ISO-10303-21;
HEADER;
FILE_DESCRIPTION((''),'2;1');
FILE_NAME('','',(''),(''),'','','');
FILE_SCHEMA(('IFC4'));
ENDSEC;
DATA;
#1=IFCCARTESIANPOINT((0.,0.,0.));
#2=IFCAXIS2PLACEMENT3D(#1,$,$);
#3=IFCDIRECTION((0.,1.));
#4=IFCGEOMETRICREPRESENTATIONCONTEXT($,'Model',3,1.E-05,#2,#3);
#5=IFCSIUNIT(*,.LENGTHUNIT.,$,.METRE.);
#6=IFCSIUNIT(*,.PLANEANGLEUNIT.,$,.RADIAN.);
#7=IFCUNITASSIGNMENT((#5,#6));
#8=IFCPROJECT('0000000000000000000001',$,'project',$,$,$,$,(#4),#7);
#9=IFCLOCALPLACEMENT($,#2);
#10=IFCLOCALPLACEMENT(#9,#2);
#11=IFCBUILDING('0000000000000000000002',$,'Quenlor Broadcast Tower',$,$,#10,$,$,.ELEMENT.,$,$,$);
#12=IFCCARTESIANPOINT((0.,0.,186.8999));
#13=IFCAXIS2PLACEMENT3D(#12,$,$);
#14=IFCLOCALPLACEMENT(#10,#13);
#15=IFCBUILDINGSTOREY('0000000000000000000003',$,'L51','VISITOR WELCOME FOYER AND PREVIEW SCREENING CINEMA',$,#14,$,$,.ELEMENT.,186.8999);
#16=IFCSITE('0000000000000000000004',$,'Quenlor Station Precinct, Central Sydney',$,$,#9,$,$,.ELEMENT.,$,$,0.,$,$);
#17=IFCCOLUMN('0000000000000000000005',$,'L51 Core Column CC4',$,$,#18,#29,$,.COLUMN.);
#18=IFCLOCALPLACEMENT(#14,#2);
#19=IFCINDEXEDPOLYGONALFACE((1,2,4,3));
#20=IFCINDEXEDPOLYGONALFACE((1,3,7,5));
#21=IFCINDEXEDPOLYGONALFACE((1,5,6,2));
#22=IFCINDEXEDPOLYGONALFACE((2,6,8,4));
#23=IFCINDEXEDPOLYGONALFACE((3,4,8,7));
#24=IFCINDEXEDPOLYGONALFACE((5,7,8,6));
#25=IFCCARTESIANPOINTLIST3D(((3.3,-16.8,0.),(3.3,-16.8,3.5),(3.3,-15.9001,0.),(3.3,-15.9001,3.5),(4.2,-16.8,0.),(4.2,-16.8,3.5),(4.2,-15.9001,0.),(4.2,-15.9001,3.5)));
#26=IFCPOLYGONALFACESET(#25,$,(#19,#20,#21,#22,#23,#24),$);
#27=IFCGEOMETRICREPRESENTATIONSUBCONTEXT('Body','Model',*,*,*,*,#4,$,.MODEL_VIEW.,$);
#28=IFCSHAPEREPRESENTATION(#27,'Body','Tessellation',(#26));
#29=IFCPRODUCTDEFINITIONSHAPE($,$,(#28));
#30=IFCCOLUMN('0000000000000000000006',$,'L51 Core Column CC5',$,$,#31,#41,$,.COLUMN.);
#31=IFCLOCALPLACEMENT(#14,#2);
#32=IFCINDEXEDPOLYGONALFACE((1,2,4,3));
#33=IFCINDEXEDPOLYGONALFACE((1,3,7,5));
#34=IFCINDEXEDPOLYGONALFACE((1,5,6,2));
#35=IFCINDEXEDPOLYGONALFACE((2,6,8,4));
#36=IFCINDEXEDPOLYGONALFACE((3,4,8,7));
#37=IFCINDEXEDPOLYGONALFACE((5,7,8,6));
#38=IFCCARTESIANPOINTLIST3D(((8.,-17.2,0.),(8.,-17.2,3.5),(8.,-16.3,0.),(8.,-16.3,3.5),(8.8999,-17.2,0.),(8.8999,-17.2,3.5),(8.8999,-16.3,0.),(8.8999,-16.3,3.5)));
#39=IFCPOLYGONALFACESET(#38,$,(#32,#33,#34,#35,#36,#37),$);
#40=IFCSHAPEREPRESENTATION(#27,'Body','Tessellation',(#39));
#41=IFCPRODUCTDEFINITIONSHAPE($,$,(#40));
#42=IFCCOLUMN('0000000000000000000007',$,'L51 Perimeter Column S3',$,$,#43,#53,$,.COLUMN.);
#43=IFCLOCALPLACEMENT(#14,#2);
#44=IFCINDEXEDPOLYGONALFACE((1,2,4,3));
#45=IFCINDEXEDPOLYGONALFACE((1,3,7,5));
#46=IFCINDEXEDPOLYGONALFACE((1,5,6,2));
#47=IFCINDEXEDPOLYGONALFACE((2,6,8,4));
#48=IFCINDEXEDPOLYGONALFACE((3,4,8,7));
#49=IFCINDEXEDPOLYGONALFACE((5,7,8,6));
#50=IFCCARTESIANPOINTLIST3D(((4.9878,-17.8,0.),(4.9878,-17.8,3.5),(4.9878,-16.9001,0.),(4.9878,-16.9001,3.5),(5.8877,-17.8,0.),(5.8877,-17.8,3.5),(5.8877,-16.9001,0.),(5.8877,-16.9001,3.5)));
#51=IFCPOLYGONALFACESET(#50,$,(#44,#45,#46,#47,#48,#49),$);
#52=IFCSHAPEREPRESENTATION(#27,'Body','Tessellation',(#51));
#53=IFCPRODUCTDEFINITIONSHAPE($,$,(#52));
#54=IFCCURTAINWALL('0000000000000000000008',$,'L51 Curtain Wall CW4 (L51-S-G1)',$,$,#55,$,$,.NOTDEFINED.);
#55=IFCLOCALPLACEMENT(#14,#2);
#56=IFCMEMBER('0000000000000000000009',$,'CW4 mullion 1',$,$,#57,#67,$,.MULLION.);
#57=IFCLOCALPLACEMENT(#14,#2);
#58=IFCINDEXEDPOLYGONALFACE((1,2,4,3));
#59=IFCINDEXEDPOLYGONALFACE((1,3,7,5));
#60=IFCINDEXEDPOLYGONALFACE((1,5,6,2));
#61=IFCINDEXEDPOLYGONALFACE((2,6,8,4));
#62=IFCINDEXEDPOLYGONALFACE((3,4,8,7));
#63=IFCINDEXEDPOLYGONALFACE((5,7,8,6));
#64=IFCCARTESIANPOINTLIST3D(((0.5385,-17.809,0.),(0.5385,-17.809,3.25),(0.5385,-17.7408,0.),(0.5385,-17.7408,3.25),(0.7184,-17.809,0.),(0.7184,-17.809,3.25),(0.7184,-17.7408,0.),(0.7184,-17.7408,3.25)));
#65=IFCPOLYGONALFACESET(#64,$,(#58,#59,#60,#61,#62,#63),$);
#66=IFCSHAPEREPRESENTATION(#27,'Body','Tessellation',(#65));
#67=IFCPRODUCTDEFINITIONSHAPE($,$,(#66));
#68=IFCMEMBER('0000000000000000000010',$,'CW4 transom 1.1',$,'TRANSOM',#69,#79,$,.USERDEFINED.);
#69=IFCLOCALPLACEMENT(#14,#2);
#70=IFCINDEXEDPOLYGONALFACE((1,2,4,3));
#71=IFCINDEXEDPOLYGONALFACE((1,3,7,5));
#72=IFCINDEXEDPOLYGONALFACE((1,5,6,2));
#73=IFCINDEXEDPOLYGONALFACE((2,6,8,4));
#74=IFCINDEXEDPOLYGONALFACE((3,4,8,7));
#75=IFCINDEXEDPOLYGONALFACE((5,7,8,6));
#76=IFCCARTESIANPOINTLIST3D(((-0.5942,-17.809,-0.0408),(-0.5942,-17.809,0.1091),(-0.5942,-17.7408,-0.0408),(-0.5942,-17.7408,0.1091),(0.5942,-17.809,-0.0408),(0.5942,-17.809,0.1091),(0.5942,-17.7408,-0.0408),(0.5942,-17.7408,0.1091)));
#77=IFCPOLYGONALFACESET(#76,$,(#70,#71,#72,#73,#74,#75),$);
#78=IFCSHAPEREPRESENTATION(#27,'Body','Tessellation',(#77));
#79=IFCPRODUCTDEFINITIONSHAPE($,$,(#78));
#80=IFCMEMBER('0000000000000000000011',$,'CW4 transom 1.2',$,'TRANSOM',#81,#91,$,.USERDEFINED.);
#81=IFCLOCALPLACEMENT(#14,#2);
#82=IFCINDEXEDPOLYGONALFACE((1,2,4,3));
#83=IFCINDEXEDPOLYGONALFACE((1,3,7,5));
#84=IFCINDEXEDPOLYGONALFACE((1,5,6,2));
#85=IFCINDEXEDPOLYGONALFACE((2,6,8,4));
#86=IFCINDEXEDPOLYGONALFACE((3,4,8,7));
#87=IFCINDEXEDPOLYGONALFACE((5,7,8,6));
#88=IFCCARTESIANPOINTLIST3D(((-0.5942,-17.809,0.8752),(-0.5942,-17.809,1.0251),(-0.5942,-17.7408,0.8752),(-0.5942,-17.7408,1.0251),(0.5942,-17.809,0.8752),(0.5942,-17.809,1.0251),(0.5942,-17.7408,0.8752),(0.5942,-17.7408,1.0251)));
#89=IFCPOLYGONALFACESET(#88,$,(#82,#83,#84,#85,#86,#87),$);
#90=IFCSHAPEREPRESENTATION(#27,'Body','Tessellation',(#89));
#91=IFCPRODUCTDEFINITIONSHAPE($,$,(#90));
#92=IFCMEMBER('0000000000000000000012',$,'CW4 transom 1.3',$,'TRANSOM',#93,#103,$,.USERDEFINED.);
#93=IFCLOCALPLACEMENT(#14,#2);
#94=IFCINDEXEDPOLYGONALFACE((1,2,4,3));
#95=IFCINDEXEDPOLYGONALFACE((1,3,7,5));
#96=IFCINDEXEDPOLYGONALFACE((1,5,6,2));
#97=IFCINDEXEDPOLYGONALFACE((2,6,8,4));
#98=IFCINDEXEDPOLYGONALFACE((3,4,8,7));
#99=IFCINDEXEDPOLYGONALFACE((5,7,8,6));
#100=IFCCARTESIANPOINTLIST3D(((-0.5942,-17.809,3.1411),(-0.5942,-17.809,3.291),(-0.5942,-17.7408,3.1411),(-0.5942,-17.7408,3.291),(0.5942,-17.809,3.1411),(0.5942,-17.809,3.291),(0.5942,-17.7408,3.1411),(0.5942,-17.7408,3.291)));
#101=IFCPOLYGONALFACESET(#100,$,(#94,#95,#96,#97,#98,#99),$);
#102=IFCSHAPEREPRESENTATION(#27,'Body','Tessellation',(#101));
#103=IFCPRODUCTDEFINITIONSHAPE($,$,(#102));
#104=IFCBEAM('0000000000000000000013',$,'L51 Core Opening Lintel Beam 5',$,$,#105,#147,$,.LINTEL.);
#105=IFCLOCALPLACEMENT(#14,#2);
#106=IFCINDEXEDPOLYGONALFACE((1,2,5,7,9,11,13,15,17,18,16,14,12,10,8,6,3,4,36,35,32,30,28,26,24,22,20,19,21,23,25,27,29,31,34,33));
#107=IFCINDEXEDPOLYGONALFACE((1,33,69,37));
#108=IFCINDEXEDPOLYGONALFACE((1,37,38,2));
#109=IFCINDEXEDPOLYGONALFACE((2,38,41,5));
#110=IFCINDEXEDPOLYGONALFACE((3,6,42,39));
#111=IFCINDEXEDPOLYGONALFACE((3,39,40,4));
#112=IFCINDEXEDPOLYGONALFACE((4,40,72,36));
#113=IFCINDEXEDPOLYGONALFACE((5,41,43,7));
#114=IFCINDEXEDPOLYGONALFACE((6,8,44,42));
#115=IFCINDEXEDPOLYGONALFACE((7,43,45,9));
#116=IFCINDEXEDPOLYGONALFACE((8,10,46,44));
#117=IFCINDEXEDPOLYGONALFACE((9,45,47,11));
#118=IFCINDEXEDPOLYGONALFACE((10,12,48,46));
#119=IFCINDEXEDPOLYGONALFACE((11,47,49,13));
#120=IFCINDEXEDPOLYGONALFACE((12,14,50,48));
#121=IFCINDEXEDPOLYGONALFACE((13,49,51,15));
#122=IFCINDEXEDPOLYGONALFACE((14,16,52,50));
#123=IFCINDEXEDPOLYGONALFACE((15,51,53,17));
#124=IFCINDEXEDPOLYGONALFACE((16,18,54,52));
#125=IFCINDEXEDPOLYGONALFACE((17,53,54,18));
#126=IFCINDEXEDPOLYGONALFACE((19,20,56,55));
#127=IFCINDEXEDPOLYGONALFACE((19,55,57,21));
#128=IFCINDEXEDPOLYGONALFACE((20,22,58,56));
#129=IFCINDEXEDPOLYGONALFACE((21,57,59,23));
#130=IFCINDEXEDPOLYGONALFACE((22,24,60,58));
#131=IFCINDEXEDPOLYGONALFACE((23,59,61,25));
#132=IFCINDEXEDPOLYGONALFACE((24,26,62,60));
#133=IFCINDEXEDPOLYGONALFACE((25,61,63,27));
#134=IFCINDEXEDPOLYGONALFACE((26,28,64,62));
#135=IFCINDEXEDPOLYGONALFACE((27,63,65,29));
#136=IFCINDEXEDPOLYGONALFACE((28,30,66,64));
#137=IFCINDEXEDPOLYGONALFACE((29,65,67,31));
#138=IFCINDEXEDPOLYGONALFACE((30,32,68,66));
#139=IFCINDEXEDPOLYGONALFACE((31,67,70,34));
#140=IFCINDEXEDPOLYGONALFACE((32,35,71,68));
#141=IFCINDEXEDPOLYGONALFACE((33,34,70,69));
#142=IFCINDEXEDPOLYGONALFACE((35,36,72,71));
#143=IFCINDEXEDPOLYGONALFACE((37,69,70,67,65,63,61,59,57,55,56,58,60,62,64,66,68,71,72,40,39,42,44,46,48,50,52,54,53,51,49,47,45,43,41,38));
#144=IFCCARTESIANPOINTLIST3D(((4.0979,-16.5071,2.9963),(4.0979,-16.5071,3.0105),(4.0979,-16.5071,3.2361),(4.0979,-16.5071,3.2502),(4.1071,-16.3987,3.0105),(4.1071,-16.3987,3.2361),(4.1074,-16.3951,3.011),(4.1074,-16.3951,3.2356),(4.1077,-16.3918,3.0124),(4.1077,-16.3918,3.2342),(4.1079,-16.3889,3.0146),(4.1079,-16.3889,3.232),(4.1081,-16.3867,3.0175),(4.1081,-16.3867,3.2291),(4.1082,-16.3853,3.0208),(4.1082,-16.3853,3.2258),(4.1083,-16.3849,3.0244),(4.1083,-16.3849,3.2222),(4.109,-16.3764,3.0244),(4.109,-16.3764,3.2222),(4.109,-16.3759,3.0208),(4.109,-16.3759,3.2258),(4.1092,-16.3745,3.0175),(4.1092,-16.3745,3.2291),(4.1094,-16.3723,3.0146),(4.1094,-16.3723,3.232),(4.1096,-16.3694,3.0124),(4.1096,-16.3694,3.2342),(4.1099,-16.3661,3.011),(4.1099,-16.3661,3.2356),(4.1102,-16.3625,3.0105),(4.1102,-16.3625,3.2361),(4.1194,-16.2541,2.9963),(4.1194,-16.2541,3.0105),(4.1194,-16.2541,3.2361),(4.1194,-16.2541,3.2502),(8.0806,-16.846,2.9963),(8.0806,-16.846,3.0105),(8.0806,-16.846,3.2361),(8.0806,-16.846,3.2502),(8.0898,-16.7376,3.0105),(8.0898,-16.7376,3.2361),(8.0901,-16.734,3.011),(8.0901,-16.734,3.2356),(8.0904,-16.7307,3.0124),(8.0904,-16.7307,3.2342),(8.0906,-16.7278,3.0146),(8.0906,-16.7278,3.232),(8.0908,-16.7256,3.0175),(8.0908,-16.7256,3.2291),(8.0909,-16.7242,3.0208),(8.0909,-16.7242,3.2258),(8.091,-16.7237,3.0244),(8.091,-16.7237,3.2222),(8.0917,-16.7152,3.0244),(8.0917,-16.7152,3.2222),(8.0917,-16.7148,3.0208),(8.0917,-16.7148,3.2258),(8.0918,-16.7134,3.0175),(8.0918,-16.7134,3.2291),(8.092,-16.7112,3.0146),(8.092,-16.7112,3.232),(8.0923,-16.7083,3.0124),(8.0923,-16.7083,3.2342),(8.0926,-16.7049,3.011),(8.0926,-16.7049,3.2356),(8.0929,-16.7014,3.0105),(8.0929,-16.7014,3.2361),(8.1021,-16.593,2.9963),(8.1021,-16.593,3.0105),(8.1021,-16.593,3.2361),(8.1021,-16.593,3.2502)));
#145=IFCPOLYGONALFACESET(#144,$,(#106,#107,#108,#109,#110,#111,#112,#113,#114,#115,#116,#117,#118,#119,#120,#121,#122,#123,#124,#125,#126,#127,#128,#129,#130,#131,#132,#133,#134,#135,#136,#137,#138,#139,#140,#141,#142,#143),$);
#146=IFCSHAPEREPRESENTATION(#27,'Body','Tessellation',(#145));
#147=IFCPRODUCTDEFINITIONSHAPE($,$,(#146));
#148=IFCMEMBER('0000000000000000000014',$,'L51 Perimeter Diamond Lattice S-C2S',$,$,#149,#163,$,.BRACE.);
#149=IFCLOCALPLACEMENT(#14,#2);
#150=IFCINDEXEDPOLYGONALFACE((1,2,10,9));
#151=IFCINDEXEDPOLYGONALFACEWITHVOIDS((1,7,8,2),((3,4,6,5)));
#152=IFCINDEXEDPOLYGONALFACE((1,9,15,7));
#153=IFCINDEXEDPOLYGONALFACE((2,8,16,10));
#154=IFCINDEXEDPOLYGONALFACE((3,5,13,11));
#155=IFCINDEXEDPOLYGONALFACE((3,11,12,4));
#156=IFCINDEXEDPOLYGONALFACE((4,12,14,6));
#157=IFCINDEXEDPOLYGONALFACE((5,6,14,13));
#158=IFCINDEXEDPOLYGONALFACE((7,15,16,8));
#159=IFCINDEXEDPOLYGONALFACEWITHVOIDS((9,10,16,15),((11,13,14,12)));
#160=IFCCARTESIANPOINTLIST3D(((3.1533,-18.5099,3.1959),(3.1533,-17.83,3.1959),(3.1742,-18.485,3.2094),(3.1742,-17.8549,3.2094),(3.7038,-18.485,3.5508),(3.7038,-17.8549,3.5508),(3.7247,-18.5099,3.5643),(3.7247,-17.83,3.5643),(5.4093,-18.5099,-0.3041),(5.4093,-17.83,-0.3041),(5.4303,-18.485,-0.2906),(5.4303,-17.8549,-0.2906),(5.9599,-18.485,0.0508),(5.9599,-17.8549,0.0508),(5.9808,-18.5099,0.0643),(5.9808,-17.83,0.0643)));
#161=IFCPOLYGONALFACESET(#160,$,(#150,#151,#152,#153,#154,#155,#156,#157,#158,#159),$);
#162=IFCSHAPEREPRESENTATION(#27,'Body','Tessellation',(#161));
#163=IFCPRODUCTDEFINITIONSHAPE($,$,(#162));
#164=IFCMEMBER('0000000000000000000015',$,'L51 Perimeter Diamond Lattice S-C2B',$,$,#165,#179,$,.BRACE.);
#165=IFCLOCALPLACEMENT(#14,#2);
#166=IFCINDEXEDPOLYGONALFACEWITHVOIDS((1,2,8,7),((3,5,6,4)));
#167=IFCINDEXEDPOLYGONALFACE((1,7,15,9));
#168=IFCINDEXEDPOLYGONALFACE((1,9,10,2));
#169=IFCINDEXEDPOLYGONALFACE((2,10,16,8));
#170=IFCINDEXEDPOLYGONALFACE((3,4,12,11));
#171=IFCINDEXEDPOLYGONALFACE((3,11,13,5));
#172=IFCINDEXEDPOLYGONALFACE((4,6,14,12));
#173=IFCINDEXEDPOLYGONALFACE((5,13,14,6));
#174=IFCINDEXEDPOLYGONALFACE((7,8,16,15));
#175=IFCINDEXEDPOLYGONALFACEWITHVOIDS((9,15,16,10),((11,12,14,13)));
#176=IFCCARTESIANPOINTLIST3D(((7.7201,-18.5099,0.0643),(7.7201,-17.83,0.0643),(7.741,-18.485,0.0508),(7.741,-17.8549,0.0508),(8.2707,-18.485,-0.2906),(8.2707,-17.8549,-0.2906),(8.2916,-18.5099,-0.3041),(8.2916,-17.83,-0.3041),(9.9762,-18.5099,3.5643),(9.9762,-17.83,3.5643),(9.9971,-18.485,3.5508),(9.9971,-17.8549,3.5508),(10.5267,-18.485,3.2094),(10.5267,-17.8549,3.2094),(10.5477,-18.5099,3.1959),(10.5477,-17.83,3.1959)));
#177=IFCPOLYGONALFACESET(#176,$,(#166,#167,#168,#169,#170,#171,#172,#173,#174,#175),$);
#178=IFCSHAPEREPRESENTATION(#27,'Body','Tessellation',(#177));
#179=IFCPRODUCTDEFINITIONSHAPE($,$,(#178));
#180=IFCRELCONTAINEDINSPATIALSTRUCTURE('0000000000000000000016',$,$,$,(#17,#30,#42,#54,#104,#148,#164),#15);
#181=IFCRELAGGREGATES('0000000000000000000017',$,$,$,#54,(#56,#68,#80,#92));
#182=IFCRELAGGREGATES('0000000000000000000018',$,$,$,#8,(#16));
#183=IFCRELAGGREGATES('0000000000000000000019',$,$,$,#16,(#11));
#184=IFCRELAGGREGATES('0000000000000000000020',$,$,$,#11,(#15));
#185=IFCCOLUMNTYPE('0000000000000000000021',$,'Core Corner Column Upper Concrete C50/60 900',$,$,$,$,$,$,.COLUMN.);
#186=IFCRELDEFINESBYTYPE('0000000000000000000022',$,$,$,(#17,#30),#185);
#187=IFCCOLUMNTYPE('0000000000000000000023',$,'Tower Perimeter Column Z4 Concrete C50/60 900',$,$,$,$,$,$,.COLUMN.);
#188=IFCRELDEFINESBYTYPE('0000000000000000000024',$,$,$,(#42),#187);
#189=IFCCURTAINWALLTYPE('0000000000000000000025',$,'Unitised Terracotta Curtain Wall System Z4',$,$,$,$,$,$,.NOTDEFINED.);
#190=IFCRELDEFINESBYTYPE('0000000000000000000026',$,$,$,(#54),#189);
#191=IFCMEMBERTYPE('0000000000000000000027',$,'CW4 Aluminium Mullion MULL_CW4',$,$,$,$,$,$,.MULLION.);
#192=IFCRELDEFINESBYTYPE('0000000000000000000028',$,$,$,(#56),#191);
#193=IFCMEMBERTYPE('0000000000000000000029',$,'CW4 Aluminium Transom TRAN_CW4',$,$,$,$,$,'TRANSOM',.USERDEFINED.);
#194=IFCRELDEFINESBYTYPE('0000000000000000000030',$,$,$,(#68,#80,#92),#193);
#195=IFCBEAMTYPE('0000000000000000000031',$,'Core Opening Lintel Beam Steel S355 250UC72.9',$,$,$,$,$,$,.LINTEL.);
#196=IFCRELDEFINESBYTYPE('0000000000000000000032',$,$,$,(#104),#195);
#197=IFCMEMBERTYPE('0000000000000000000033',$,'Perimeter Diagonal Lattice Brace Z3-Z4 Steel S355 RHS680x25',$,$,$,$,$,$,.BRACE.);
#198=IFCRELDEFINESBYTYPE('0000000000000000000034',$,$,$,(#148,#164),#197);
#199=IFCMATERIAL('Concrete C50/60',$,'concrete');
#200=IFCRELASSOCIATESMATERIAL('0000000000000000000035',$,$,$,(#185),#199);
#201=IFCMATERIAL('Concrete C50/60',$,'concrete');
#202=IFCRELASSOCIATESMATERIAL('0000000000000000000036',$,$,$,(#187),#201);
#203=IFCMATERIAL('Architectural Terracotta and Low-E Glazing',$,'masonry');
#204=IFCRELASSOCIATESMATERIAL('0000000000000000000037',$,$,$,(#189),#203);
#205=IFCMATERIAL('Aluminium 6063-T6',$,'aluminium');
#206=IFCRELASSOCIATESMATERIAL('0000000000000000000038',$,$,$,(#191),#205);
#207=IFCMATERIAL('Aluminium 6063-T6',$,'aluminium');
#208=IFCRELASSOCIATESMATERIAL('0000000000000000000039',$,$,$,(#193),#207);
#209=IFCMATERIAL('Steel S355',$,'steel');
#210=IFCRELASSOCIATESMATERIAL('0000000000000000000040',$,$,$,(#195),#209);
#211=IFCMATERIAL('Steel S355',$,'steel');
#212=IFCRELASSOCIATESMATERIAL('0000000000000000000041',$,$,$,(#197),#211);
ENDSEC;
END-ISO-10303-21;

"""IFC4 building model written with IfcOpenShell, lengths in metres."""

from ifc_helpers import new_model, si_unit, direction, frame, origin, origin_2d, place, context, subcontext, project, spatial, rectangle, hollow_rectangle, i_section, extrude, material, material_profile, profile_set, type_object, element, aggregate, save


model = new_model("IFC4")

# Units and contexts
model_context = context("Model", 3, precision=1e-05, world=origin(), true_north=direction((0.0, 1.0)))
body_context = subcontext(model_context, "Body", "Model", "MODEL_VIEW")
ifc_project = project(units=[si_unit("LENGTHUNIT", "METRE"), si_unit("PLANEANGLEUNIT", "RADIAN")], contexts=[model_context])

# Site, building, storey
site_placement = place(None, origin())
site = spatial("IfcSite", under=ifc_project, at=site_placement, Name="Quenlor Station Precinct, Central Sydney", CompositionType="ELEMENT", RefElevation=0.0)
building_placement = place(site_placement, origin())
building = spatial("IfcBuilding", under=site, at=building_placement, Name="Quenlor Broadcast Tower", CompositionType="ELEMENT")
storey_placement = place(building_placement, frame((0.0, 0.0, 186.8999)))
storey = spatial("IfcBuildingStorey", under=building, at=storey_placement, Name="L51", Description="VISITOR WELCOME FOYER AND PREVIEW SCREENING CINEMA", CompositionType="ELEMENT", Elevation=186.8999)

# Columns
ifc_material_1 = material(Name="Concrete C50/60", Category="concrete")
ifc_material_profile_1 = material_profile(ifc_material_1, rectangle(XDim=0.8999, YDim=0.8999, at=origin_2d()))
ifc_profile_set_1 = profile_set([ifc_material_profile_1], Name="Concrete C50/60 RC900x900")
column_type_1 = type_object("IfcColumnType", Name="Core Corner Column Upper Concrete C50/60 900", PredefinedType="COLUMN", material=ifc_profile_set_1)
for number, where, z_axis, x_axis, name in (
    (1, (3.75, -16.3501, 0.0), (0.0, 0.0, 1.0), (1.0, 0.0, 0.0), "L51 Core Column CC4"),
    (2, (8.45, -16.75, 0.0), (0.0, 0.0, 1.0), (1.0, 0.0, 0.0), "L51 Core Column CC5"),
):
    element("IfcColumn", number, at=place(storey_placement, frame(where, z_axis=z_axis, x_axis=x_axis)), inside=storey, type_object=column_type_1, Name=name, PredefinedType="COLUMN", context=body_context, shape_type="SweptSolid", body=[
        extrude(rectangle(XDim=0.8999, YDim=0.8999, at=origin_2d()), origin(), (0.0, 0.0, 1.0), 3.5),
    ])
ifc_material_2 = material(Name="Concrete C50/60", Category="concrete")
ifc_material_profile_2 = material_profile(ifc_material_2, rectangle(XDim=0.8999, YDim=0.8999, at=origin_2d()))
ifc_profile_set_2 = profile_set([ifc_material_profile_2], Name="Concrete C50/60 RC900x900")
column_type_2 = type_object("IfcColumnType", Name="Tower Perimeter Column Z4 Concrete C50/60 900", PredefinedType="COLUMN", material=ifc_profile_set_2)
column_placement = place(storey_placement, frame((5.4377, -17.3501, 0.0), z_axis=(0.0, 0.0, 1.0), x_axis=(0.0, 1.0, 0.0)))
element("IfcColumn", 3, at=column_placement, inside=storey, type_object=column_type_2, Name="L51 Perimeter Column S3", PredefinedType="COLUMN", context=body_context, shape_type="SweptSolid", body=[
    extrude(rectangle(XDim=0.8999, YDim=0.8999, at=origin_2d()), origin(), (0.0, 0.0, 1.0), 3.5),
])

# Curtain wall, members
ifc_material_3 = material(Name="Architectural Terracotta and Low-E Glazing", Category="masonry")
curtain_wall_type = type_object("IfcCurtainWallType", Name="Unitised Terracotta Curtain Wall System Z4", PredefinedType="NOTDEFINED", material=ifc_material_3)
curtain_wall_placement = place(storey_placement, origin())
curtain_wall = element("IfcCurtainWall", 4, at=curtain_wall_placement, inside=storey, type_object=curtain_wall_type, Name="L51 Curtain Wall CW4 (L51-S-G1)", PredefinedType="NOTDEFINED")
ifc_material_4 = material(Name="Aluminium 6063-T6", Category="aluminium")
ifc_material_profile_3 = material_profile(ifc_material_4, rectangle(XDim=0.0681, YDim=0.1799, at=origin_2d()))
ifc_profile_set_3 = profile_set([ifc_material_profile_3], Name="Aluminium 6063-T6 MULL68x180")
member_type_1 = type_object("IfcMemberType", Name="CW4 Aluminium Mullion MULL_CW4", PredefinedType="MULLION", material=ifc_profile_set_3)
member_1_placement = place(storey_placement, frame((0.6284, -17.7749, 0.0), z_axis=(0.0, 0.0, 1.0), x_axis=(0.0, -1.0, 0.0)))
member_1 = element("IfcMember", 5, at=member_1_placement, type_object=member_type_1, Name="CW4 mullion 1", PredefinedType="MULLION", context=body_context, shape_type="SweptSolid", body=[
    extrude(rectangle(XDim=0.0681, YDim=0.1799, at=origin_2d()), origin(), (0.0, 0.0, 1.0), 3.25),
])
ifc_material_5 = material(Name="Aluminium 6063-T6", Category="aluminium")
ifc_material_profile_4 = material_profile(ifc_material_5, rectangle(XDim=0.0681, YDim=0.1499, at=origin_2d()))
ifc_profile_set_4 = profile_set([ifc_material_profile_4], Name="Aluminium 6063-T6 TRAN68x150")
member_type_2 = type_object("IfcMemberType", Name="CW4 Aluminium Transom TRAN_CW4", ElementType="TRANSOM", PredefinedType="USERDEFINED", material=ifc_profile_set_4)
member_2_placement = place(storey_placement, frame((0.5942, -17.7749, 0.0342), z_axis=(-1.0, 0.0, 0.0), x_axis=(0.0, -1.0, 0.0)))
member_2 = element("IfcMember", 6, at=member_2_placement, type_object=member_type_2, Name="CW4 transom 1.1", ObjectType="TRANSOM", PredefinedType="USERDEFINED", context=body_context, shape_type="SweptSolid", body=[
    extrude(rectangle(XDim=0.0681, YDim=0.1499, at=origin_2d()), origin(), (0.0, 0.0, 1.0), 1.1885),
])
member_3_placement = place(storey_placement, frame((0.5942, -17.7749, 0.9502), z_axis=(-1.0, 0.0, 0.0), x_axis=(0.0, -1.0, 0.0)))
member_3 = element("IfcMember", 7, at=member_3_placement, type_object=member_type_2, Name="CW4 transom 1.2", ObjectType="TRANSOM", PredefinedType="USERDEFINED", context=body_context, shape_type="SweptSolid", body=[
    extrude(rectangle(XDim=0.0681, YDim=0.1499, at=origin_2d()), origin(), (0.0, 0.0, 1.0), 1.1885),
])
member_4_placement = place(storey_placement, frame((0.5942, -17.7749, 3.2161), z_axis=(-1.0, 0.0, 0.0), x_axis=(0.0, -1.0, 0.0)))
member_4 = element("IfcMember", 8, at=member_4_placement, type_object=member_type_2, Name="CW4 transom 1.3", ObjectType="TRANSOM", PredefinedType="USERDEFINED", context=body_context, shape_type="SweptSolid", body=[
    extrude(rectangle(XDim=0.0681, YDim=0.1499, at=origin_2d()), origin(), (0.0, 0.0, 1.0), 1.1885),
])
aggregate(curtain_wall, [member_1, member_2, member_3, member_4])

# Beam
ifc_material_6 = material(Name="Steel S355", Category="steel")
ifc_material_profile_5 = material_profile(ifc_material_6, i_section(OverallWidth=0.2539, OverallDepth=0.2539, WebThickness=0.0085, FlangeThickness=0.0142, FilletRadius=0.0139, at=origin_2d()))
ifc_profile_set_5 = profile_set([ifc_material_profile_5], Name="Steel S355 250UC72.9")
beam_type_1 = type_object("IfcBeamType", Name="Core Opening Lintel Beam Steel S355 250UC72.9", PredefinedType="LINTEL", material=ifc_profile_set_5)
beam_1_placement = place(storey_placement, frame((4.1086, -16.3806, 3.1233), z_axis=(0.9964, -0.084779, 0.0), x_axis=(0.084779, 0.9964, 0.0)))
element("IfcBeam", 9, at=beam_1_placement, inside=storey, type_object=beam_type_1, Name="L51 Core Opening Lintel Beam 5", PredefinedType="LINTEL", context=body_context, shape_type="SweptSolid", body=[
    extrude(i_section(OverallWidth=0.2539, OverallDepth=0.2539, WebThickness=0.0085, FlangeThickness=0.0142, FilletRadius=0.0139, at=origin_2d()), origin(), (0.0, 0.0, 1.0), 3.9971),
])

# Members
ifc_material_7 = material(Name="Steel S355", Category="steel")
ifc_material_profile_6 = material_profile(ifc_material_7, hollow_rectangle(XDim=0.6799, YDim=0.6799, WallThickness=0.0249, at=origin_2d()))
ifc_profile_set_6 = profile_set([ifc_material_profile_6], Name="Steel S355 RHS680x680x25")
member_type_3 = type_object("IfcMemberType", Name="Perimeter Diagonal Lattice Brace Z3-Z4 Steel S355 RHS680x25", PredefinedType="BRACE", material=ifc_profile_set_6)
for number, where, z_axis, x_axis, name in (
    (10, (5.6951, -18.1699, -0.1199), (-0.541794, 0.0, 0.840511), (0.0, -1.0, 0.0), "L51 Perimeter Diamond Lattice S-C2S"),
    (11, (8.0059, -18.1699, -0.1199), (0.541794, 0.0, 0.840511), (0.0, 1.0, 0.0), "L51 Perimeter Diamond Lattice S-C2B"),
):
    element("IfcMember", number, at=place(storey_placement, frame(where, z_axis=z_axis, x_axis=x_axis)), inside=storey, type_object=member_type_3, Name=name, PredefinedType="BRACE", context=body_context, shape_type="SweptSolid", body=[
        extrude(hollow_rectangle(XDim=0.6799, YDim=0.6799, WallThickness=0.0249, at=origin_2d()), origin(), (0.0, 0.0, 1.0), 4.1641),
    ])

save(model, "model.ifc")
